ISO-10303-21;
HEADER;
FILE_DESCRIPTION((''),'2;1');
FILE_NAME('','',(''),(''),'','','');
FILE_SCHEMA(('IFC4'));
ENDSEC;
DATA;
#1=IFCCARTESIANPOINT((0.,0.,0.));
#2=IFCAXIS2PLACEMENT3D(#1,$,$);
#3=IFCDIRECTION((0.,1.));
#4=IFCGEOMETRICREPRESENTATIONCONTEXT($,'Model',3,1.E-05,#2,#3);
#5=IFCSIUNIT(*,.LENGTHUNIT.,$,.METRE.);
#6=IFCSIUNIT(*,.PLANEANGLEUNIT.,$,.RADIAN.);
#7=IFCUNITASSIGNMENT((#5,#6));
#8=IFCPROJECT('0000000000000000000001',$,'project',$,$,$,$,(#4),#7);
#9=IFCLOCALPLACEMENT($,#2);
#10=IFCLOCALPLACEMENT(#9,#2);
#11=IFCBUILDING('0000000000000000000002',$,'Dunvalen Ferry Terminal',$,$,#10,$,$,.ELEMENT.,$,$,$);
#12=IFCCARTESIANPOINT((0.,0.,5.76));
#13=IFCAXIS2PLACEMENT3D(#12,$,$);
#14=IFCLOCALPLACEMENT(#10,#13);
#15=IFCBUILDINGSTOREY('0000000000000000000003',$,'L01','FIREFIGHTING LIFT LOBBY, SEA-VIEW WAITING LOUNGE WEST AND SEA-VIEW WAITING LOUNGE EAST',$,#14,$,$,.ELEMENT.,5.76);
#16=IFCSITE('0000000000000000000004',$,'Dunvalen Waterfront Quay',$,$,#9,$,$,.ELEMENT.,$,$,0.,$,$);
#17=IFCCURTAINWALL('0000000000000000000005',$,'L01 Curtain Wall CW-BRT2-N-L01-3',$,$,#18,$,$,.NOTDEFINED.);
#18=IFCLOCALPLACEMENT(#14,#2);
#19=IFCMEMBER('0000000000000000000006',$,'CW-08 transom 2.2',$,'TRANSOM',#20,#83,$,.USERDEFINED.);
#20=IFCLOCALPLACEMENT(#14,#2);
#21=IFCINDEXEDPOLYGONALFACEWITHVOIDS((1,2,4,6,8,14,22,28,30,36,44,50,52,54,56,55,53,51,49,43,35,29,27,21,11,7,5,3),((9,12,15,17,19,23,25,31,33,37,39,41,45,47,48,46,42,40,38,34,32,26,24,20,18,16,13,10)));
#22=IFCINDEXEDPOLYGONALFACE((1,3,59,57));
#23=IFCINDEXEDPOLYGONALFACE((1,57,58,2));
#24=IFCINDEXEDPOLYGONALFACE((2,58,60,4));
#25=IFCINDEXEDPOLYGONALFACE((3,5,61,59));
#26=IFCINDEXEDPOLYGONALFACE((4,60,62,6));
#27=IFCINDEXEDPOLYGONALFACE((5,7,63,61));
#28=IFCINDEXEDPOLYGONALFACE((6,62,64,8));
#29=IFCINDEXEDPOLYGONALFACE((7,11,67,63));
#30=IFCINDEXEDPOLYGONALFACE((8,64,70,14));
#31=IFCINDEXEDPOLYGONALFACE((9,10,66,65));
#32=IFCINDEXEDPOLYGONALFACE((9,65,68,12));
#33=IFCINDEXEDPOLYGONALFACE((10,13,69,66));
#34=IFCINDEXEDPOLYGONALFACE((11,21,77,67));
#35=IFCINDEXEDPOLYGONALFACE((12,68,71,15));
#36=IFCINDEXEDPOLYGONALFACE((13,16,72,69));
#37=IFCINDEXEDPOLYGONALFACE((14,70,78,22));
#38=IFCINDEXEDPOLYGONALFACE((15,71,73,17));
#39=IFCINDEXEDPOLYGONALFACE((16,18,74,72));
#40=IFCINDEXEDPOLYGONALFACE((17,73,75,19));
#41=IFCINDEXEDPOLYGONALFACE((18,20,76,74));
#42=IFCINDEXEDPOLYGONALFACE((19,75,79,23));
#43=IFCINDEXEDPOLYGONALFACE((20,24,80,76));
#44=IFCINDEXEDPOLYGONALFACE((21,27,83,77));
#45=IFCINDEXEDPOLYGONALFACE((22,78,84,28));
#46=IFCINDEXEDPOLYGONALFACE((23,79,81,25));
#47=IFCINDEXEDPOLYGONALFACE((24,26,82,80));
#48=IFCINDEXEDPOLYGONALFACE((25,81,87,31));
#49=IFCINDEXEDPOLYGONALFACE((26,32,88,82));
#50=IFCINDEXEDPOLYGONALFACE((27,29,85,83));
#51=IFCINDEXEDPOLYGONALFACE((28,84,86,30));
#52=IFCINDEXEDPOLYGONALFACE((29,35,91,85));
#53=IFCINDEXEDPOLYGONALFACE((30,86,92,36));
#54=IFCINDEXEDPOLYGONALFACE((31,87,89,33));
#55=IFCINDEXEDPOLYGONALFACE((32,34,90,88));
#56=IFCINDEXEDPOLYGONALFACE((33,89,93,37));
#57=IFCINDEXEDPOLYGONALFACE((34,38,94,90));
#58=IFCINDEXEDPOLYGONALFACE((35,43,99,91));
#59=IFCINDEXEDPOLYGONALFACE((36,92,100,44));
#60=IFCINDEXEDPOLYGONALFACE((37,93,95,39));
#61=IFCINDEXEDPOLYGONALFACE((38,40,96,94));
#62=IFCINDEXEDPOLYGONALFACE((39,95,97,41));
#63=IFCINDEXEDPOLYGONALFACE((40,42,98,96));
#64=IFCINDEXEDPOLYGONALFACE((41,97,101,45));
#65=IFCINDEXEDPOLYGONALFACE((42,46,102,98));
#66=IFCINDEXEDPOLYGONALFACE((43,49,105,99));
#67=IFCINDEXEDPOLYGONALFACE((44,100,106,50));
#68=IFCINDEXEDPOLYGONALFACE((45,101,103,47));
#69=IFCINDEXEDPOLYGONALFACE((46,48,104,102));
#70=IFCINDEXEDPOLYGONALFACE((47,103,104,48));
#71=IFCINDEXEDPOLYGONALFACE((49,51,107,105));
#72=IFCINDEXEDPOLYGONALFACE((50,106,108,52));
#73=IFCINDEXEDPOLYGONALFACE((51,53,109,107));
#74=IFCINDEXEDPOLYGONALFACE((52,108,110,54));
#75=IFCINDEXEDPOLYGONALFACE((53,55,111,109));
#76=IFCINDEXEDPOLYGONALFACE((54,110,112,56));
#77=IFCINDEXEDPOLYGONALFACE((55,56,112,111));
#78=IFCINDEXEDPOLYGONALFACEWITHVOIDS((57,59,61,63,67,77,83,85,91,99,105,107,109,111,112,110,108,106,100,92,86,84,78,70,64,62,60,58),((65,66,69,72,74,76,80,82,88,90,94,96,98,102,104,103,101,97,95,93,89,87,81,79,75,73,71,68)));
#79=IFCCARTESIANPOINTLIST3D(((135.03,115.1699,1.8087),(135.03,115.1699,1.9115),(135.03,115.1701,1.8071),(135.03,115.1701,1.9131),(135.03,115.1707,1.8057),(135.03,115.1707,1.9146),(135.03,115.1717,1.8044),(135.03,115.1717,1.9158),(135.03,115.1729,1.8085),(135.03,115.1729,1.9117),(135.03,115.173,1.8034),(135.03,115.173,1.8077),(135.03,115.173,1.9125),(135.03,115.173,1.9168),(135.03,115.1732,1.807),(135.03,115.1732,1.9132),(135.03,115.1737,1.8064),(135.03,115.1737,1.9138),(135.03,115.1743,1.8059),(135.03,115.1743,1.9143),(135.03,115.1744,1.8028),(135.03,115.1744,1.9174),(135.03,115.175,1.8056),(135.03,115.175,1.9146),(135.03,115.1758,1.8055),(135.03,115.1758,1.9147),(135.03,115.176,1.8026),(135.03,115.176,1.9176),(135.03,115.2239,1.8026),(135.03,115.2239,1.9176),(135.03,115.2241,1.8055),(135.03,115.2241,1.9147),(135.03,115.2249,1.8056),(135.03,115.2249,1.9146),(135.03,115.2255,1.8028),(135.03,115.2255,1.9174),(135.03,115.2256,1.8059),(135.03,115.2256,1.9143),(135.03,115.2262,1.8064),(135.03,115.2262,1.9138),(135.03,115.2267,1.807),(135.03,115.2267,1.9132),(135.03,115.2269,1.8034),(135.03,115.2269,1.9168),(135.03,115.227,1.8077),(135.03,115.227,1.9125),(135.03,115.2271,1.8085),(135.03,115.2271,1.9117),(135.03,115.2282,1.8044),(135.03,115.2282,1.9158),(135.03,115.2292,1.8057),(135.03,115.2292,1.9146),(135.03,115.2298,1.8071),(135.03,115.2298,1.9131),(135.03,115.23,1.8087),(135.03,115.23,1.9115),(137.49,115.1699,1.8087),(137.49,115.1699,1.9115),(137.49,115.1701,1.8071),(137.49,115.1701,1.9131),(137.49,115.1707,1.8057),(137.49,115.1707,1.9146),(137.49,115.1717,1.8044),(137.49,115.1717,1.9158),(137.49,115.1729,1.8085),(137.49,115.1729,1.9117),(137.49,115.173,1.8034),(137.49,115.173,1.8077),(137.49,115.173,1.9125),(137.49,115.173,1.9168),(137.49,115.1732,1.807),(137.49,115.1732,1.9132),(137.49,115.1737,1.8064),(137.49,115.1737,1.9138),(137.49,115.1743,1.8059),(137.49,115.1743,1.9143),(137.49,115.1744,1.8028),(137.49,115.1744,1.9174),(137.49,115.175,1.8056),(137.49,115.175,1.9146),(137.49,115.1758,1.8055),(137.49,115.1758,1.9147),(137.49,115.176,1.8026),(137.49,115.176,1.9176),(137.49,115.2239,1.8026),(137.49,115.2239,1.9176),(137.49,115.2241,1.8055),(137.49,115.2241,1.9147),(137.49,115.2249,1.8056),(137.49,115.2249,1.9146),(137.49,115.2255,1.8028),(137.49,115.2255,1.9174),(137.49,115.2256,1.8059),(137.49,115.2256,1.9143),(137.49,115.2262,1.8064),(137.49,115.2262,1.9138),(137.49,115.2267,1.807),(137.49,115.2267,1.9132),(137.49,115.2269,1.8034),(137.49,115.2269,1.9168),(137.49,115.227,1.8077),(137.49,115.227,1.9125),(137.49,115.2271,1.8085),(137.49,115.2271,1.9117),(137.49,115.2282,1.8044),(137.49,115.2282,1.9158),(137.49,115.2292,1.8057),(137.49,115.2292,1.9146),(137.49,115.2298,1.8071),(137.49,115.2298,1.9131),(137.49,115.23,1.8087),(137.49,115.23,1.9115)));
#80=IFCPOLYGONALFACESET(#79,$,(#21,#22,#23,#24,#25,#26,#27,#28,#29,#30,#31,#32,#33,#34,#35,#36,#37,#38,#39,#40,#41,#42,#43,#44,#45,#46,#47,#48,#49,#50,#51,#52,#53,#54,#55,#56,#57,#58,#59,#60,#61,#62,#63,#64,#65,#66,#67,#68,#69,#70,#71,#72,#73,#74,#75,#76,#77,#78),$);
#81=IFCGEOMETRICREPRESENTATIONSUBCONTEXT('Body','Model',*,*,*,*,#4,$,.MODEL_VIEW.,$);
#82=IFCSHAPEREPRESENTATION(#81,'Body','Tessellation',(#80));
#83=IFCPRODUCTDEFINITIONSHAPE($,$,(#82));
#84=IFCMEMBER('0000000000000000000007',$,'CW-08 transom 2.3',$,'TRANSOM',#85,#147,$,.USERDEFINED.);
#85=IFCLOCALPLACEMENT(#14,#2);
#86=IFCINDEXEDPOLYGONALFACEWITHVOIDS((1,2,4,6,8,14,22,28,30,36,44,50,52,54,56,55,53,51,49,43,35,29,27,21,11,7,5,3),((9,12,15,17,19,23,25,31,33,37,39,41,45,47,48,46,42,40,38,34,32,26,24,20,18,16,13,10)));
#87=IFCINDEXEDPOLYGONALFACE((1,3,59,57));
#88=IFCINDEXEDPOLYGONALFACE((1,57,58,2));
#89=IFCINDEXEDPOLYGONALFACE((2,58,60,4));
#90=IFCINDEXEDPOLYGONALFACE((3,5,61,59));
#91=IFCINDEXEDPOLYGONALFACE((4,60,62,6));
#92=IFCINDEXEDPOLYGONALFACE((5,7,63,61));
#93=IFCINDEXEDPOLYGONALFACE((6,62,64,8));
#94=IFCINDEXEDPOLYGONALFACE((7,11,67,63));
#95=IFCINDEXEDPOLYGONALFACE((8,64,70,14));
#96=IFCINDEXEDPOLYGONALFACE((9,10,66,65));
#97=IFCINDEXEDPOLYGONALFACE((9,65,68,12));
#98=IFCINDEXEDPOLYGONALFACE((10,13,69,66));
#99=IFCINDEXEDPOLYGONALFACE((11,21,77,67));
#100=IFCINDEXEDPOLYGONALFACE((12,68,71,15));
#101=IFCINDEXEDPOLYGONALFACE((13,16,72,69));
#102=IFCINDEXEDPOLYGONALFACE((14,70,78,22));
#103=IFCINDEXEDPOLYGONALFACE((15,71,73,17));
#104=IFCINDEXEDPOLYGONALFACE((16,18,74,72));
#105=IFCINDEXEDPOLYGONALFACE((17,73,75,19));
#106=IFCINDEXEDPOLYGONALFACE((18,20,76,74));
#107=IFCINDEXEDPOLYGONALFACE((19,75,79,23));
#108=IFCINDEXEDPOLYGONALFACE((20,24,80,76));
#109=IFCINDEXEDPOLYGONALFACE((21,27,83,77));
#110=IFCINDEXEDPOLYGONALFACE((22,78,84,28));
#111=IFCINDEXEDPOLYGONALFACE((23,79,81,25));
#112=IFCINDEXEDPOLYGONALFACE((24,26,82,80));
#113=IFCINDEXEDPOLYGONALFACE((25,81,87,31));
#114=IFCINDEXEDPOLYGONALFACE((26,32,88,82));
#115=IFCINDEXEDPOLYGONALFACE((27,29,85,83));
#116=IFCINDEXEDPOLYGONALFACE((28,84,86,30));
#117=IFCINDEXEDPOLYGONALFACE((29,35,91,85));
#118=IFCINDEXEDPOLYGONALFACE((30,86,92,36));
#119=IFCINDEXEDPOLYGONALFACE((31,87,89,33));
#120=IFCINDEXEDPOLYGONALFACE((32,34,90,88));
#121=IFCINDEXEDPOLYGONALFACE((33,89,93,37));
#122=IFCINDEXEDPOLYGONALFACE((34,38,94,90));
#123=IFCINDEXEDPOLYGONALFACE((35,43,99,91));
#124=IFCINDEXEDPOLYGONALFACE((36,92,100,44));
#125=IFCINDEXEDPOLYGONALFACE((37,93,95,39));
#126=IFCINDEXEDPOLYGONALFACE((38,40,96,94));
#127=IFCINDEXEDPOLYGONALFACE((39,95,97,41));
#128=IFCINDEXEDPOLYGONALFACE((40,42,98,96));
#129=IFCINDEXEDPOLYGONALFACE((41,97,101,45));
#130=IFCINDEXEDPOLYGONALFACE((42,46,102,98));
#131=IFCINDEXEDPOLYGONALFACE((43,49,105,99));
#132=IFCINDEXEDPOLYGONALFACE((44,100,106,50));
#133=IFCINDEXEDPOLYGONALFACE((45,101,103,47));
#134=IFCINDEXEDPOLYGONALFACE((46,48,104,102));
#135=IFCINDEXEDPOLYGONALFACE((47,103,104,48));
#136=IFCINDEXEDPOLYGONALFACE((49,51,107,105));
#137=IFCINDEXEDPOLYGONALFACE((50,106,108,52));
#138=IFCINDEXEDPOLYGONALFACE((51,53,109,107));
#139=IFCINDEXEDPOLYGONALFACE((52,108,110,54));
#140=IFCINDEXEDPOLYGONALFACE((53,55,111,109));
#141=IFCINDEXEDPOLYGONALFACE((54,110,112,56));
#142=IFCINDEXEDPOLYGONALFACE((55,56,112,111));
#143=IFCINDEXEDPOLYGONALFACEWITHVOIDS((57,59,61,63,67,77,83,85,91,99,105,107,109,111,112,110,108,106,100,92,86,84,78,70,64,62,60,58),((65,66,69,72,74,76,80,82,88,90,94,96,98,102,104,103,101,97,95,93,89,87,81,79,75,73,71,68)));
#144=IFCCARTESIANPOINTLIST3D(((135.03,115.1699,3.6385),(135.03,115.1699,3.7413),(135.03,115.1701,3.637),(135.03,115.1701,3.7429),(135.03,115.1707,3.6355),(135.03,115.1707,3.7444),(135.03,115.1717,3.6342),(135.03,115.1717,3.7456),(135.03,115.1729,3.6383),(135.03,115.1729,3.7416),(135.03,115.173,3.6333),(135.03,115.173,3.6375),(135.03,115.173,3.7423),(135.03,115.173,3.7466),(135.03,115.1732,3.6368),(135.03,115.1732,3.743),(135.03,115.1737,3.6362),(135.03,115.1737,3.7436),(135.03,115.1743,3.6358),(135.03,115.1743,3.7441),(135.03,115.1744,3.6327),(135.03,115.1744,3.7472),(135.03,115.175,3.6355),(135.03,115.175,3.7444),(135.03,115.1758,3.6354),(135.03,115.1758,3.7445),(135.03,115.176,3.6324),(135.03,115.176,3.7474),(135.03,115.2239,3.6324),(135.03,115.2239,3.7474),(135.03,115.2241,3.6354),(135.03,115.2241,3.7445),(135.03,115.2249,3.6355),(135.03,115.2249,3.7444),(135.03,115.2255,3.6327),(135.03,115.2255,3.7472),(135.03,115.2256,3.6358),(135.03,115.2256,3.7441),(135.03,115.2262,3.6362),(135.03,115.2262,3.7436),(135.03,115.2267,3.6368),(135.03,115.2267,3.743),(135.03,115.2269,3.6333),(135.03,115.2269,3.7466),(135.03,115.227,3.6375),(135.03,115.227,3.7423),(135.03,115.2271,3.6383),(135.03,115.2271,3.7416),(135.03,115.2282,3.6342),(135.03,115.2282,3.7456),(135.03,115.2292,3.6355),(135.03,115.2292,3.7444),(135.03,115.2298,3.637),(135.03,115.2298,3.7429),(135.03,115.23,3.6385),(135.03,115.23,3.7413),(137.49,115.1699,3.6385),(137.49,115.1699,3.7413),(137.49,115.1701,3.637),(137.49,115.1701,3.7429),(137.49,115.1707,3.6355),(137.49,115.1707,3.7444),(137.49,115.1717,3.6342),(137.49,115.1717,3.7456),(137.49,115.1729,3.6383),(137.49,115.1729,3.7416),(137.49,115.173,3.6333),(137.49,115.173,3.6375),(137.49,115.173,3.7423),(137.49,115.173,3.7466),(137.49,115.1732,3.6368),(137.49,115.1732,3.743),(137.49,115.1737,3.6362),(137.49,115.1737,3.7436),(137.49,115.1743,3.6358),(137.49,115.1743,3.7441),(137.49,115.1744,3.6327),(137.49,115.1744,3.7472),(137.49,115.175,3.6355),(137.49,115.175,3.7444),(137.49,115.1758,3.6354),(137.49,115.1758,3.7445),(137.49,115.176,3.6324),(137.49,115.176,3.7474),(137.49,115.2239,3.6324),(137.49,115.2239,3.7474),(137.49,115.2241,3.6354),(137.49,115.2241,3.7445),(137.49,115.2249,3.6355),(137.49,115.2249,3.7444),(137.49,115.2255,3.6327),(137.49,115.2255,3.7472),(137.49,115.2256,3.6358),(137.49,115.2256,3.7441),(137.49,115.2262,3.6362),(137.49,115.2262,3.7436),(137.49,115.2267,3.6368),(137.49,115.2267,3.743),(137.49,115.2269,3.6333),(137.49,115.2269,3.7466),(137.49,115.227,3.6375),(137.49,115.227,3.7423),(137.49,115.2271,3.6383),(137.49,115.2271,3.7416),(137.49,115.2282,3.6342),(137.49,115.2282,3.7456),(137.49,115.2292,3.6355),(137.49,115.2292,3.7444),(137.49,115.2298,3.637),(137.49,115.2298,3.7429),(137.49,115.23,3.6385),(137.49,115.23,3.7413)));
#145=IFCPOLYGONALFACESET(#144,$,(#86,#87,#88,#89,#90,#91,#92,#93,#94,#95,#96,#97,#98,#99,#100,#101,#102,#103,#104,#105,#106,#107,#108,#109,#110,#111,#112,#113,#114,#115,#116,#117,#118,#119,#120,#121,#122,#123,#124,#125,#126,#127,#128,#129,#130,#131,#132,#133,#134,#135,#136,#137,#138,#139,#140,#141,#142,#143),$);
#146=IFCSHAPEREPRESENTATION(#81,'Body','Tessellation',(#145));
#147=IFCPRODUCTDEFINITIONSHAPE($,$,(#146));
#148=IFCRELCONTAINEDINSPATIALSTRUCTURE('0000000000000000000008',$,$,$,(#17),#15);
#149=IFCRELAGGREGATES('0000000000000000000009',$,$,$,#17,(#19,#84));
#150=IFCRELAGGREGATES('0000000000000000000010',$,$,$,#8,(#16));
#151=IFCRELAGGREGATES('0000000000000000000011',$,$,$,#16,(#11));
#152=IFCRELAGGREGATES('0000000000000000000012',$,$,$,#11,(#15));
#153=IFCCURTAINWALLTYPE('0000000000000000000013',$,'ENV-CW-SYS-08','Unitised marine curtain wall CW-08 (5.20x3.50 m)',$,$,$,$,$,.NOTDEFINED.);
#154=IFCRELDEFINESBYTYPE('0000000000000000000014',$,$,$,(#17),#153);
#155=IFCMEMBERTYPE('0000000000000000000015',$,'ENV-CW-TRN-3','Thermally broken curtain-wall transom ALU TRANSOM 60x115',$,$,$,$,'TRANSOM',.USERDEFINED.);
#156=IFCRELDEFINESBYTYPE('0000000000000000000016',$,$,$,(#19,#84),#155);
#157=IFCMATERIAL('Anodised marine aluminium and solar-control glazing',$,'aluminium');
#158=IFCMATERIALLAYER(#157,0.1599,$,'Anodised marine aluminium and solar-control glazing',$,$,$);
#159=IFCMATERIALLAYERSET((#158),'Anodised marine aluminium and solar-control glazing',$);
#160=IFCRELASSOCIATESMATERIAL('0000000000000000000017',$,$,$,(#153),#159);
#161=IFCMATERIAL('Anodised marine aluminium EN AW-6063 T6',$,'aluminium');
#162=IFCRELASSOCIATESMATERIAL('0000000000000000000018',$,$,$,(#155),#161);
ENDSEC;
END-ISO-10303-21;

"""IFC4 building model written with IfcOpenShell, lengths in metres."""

from ifc_helpers import new_model, si_unit, direction, frame, origin, origin_2d, place, context, subcontext, project, spatial, hollow_rectangle, extrude, material, layer, layer_set, material_profile, profile_set, type_object, element, aggregate, save


model = new_model("IFC4")

# Units and contexts
model_context = context("Model", 3, precision=1e-05, world=origin(), true_north=direction((0.0, 1.0)))
body_context = subcontext(model_context, "Body", "Model", "MODEL_VIEW")
ifc_project = project(units=[si_unit("LENGTHUNIT", "METRE"), si_unit("PLANEANGLEUNIT", "RADIAN")], contexts=[model_context])

# Site, building, storey
site_placement = place(None, origin())
site = spatial("IfcSite", under=ifc_project, at=site_placement, Name="Dunvalen Waterfront Quay", CompositionType="ELEMENT", RefElevation=0.0)
building_placement = place(site_placement, origin())
building = spatial("IfcBuilding", under=site, at=building_placement, Name="Dunvalen Ferry Terminal", CompositionType="ELEMENT")
storey_placement = place(building_placement, frame((0.0, 0.0, 5.76)))
storey = spatial("IfcBuildingStorey", under=building, at=storey_placement, Name="L01", Description="FIREFIGHTING LIFT LOBBY, SEA-VIEW WAITING LOUNGE WEST AND SEA-VIEW WAITING LOUNGE EAST", CompositionType="ELEMENT", Elevation=5.76)

# Curtain wall
ifc_material_1 = material(Name="Anodised marine aluminium and solar-control glazing", Category="aluminium")
ifc_layer_1 = layer(ifc_material_1, 0.1599, Name="Anodised marine aluminium and solar-control glazing")
ifc_layer_set_1 = layer_set([ifc_layer_1], Name="Anodised marine aluminium and solar-control glazing")
curtain_wall_type = type_object("IfcCurtainWallType", Name="ENV-CW-SYS-08", Description="Unitised marine curtain wall CW-08 (5.20x3.50 m)", PredefinedType="NOTDEFINED", material=ifc_layer_set_1)
curtain_wall_1_placement = place(storey_placement, origin())
curtain_wall_1 = element("IfcCurtainWall", 1, at=curtain_wall_1_placement, inside=storey, type_object=curtain_wall_type, Name="L01 Curtain Wall CW-BRT2-N-L01-3", PredefinedType="NOTDEFINED")
ifc_material_2 = material(Name="Anodised marine aluminium EN AW-6063 T6", Category="aluminium")

# Members
ifc_material_profile_1 = material_profile(ifc_material_2, hollow_rectangle(XDim=0.0601, YDim=0.115, WallThickness=0.0029, InnerFilletRadius=0.0029, OuterFilletRadius=0.0061, at=origin_2d()), Name="Anodised marine aluminium EN AW-6063 T6")
ifc_profile_set_1 = profile_set([ifc_material_profile_1], Name="Anodised marine aluminium EN AW-6063 T6")
member_type_1 = type_object("IfcMemberType", Name="ENV-CW-TRN-3", Description="Thermally broken curtain-wall transom ALU TRANSOM 60x115", ElementType="TRANSOM", PredefinedType="USERDEFINED", material=ifc_profile_set_1)
member_1_placement = place(storey_placement, frame((135.03, 115.2, 1.8601), z_axis=(1.0, 0.0, 0.0), x_axis=(0.0, 1.0, 0.0)))
member_1 = element("IfcMember", 2, at=member_1_placement, type_object=member_type_1, Name="CW-08 transom 2.2", ObjectType="TRANSOM", PredefinedType="USERDEFINED", context=body_context, shape_type="SweptSolid", body=[
    extrude(hollow_rectangle(XDim=0.0601, YDim=0.115, WallThickness=0.0029, InnerFilletRadius=0.0029, OuterFilletRadius=0.0061, at=origin_2d()), origin(), (0.0, 0.0, 1.0), 2.46),
])
member_2_placement = place(storey_placement, frame((135.03, 115.2, 3.6899), z_axis=(1.0, 0.0, 0.0), x_axis=(0.0, 1.0, 0.0)))
member_2 = element("IfcMember", 3, at=member_2_placement, type_object=member_type_1, Name="CW-08 transom 2.3", ObjectType="TRANSOM", PredefinedType="USERDEFINED", context=body_context, shape_type="SweptSolid", body=[
    extrude(hollow_rectangle(XDim=0.0601, YDim=0.115, WallThickness=0.0029, InnerFilletRadius=0.0029, OuterFilletRadius=0.0061, at=origin_2d()), origin(), (0.0, 0.0, 1.0), 2.46),
])

aggregate(curtain_wall_1, [member_1, member_2])

save(model, "model.ifc")
